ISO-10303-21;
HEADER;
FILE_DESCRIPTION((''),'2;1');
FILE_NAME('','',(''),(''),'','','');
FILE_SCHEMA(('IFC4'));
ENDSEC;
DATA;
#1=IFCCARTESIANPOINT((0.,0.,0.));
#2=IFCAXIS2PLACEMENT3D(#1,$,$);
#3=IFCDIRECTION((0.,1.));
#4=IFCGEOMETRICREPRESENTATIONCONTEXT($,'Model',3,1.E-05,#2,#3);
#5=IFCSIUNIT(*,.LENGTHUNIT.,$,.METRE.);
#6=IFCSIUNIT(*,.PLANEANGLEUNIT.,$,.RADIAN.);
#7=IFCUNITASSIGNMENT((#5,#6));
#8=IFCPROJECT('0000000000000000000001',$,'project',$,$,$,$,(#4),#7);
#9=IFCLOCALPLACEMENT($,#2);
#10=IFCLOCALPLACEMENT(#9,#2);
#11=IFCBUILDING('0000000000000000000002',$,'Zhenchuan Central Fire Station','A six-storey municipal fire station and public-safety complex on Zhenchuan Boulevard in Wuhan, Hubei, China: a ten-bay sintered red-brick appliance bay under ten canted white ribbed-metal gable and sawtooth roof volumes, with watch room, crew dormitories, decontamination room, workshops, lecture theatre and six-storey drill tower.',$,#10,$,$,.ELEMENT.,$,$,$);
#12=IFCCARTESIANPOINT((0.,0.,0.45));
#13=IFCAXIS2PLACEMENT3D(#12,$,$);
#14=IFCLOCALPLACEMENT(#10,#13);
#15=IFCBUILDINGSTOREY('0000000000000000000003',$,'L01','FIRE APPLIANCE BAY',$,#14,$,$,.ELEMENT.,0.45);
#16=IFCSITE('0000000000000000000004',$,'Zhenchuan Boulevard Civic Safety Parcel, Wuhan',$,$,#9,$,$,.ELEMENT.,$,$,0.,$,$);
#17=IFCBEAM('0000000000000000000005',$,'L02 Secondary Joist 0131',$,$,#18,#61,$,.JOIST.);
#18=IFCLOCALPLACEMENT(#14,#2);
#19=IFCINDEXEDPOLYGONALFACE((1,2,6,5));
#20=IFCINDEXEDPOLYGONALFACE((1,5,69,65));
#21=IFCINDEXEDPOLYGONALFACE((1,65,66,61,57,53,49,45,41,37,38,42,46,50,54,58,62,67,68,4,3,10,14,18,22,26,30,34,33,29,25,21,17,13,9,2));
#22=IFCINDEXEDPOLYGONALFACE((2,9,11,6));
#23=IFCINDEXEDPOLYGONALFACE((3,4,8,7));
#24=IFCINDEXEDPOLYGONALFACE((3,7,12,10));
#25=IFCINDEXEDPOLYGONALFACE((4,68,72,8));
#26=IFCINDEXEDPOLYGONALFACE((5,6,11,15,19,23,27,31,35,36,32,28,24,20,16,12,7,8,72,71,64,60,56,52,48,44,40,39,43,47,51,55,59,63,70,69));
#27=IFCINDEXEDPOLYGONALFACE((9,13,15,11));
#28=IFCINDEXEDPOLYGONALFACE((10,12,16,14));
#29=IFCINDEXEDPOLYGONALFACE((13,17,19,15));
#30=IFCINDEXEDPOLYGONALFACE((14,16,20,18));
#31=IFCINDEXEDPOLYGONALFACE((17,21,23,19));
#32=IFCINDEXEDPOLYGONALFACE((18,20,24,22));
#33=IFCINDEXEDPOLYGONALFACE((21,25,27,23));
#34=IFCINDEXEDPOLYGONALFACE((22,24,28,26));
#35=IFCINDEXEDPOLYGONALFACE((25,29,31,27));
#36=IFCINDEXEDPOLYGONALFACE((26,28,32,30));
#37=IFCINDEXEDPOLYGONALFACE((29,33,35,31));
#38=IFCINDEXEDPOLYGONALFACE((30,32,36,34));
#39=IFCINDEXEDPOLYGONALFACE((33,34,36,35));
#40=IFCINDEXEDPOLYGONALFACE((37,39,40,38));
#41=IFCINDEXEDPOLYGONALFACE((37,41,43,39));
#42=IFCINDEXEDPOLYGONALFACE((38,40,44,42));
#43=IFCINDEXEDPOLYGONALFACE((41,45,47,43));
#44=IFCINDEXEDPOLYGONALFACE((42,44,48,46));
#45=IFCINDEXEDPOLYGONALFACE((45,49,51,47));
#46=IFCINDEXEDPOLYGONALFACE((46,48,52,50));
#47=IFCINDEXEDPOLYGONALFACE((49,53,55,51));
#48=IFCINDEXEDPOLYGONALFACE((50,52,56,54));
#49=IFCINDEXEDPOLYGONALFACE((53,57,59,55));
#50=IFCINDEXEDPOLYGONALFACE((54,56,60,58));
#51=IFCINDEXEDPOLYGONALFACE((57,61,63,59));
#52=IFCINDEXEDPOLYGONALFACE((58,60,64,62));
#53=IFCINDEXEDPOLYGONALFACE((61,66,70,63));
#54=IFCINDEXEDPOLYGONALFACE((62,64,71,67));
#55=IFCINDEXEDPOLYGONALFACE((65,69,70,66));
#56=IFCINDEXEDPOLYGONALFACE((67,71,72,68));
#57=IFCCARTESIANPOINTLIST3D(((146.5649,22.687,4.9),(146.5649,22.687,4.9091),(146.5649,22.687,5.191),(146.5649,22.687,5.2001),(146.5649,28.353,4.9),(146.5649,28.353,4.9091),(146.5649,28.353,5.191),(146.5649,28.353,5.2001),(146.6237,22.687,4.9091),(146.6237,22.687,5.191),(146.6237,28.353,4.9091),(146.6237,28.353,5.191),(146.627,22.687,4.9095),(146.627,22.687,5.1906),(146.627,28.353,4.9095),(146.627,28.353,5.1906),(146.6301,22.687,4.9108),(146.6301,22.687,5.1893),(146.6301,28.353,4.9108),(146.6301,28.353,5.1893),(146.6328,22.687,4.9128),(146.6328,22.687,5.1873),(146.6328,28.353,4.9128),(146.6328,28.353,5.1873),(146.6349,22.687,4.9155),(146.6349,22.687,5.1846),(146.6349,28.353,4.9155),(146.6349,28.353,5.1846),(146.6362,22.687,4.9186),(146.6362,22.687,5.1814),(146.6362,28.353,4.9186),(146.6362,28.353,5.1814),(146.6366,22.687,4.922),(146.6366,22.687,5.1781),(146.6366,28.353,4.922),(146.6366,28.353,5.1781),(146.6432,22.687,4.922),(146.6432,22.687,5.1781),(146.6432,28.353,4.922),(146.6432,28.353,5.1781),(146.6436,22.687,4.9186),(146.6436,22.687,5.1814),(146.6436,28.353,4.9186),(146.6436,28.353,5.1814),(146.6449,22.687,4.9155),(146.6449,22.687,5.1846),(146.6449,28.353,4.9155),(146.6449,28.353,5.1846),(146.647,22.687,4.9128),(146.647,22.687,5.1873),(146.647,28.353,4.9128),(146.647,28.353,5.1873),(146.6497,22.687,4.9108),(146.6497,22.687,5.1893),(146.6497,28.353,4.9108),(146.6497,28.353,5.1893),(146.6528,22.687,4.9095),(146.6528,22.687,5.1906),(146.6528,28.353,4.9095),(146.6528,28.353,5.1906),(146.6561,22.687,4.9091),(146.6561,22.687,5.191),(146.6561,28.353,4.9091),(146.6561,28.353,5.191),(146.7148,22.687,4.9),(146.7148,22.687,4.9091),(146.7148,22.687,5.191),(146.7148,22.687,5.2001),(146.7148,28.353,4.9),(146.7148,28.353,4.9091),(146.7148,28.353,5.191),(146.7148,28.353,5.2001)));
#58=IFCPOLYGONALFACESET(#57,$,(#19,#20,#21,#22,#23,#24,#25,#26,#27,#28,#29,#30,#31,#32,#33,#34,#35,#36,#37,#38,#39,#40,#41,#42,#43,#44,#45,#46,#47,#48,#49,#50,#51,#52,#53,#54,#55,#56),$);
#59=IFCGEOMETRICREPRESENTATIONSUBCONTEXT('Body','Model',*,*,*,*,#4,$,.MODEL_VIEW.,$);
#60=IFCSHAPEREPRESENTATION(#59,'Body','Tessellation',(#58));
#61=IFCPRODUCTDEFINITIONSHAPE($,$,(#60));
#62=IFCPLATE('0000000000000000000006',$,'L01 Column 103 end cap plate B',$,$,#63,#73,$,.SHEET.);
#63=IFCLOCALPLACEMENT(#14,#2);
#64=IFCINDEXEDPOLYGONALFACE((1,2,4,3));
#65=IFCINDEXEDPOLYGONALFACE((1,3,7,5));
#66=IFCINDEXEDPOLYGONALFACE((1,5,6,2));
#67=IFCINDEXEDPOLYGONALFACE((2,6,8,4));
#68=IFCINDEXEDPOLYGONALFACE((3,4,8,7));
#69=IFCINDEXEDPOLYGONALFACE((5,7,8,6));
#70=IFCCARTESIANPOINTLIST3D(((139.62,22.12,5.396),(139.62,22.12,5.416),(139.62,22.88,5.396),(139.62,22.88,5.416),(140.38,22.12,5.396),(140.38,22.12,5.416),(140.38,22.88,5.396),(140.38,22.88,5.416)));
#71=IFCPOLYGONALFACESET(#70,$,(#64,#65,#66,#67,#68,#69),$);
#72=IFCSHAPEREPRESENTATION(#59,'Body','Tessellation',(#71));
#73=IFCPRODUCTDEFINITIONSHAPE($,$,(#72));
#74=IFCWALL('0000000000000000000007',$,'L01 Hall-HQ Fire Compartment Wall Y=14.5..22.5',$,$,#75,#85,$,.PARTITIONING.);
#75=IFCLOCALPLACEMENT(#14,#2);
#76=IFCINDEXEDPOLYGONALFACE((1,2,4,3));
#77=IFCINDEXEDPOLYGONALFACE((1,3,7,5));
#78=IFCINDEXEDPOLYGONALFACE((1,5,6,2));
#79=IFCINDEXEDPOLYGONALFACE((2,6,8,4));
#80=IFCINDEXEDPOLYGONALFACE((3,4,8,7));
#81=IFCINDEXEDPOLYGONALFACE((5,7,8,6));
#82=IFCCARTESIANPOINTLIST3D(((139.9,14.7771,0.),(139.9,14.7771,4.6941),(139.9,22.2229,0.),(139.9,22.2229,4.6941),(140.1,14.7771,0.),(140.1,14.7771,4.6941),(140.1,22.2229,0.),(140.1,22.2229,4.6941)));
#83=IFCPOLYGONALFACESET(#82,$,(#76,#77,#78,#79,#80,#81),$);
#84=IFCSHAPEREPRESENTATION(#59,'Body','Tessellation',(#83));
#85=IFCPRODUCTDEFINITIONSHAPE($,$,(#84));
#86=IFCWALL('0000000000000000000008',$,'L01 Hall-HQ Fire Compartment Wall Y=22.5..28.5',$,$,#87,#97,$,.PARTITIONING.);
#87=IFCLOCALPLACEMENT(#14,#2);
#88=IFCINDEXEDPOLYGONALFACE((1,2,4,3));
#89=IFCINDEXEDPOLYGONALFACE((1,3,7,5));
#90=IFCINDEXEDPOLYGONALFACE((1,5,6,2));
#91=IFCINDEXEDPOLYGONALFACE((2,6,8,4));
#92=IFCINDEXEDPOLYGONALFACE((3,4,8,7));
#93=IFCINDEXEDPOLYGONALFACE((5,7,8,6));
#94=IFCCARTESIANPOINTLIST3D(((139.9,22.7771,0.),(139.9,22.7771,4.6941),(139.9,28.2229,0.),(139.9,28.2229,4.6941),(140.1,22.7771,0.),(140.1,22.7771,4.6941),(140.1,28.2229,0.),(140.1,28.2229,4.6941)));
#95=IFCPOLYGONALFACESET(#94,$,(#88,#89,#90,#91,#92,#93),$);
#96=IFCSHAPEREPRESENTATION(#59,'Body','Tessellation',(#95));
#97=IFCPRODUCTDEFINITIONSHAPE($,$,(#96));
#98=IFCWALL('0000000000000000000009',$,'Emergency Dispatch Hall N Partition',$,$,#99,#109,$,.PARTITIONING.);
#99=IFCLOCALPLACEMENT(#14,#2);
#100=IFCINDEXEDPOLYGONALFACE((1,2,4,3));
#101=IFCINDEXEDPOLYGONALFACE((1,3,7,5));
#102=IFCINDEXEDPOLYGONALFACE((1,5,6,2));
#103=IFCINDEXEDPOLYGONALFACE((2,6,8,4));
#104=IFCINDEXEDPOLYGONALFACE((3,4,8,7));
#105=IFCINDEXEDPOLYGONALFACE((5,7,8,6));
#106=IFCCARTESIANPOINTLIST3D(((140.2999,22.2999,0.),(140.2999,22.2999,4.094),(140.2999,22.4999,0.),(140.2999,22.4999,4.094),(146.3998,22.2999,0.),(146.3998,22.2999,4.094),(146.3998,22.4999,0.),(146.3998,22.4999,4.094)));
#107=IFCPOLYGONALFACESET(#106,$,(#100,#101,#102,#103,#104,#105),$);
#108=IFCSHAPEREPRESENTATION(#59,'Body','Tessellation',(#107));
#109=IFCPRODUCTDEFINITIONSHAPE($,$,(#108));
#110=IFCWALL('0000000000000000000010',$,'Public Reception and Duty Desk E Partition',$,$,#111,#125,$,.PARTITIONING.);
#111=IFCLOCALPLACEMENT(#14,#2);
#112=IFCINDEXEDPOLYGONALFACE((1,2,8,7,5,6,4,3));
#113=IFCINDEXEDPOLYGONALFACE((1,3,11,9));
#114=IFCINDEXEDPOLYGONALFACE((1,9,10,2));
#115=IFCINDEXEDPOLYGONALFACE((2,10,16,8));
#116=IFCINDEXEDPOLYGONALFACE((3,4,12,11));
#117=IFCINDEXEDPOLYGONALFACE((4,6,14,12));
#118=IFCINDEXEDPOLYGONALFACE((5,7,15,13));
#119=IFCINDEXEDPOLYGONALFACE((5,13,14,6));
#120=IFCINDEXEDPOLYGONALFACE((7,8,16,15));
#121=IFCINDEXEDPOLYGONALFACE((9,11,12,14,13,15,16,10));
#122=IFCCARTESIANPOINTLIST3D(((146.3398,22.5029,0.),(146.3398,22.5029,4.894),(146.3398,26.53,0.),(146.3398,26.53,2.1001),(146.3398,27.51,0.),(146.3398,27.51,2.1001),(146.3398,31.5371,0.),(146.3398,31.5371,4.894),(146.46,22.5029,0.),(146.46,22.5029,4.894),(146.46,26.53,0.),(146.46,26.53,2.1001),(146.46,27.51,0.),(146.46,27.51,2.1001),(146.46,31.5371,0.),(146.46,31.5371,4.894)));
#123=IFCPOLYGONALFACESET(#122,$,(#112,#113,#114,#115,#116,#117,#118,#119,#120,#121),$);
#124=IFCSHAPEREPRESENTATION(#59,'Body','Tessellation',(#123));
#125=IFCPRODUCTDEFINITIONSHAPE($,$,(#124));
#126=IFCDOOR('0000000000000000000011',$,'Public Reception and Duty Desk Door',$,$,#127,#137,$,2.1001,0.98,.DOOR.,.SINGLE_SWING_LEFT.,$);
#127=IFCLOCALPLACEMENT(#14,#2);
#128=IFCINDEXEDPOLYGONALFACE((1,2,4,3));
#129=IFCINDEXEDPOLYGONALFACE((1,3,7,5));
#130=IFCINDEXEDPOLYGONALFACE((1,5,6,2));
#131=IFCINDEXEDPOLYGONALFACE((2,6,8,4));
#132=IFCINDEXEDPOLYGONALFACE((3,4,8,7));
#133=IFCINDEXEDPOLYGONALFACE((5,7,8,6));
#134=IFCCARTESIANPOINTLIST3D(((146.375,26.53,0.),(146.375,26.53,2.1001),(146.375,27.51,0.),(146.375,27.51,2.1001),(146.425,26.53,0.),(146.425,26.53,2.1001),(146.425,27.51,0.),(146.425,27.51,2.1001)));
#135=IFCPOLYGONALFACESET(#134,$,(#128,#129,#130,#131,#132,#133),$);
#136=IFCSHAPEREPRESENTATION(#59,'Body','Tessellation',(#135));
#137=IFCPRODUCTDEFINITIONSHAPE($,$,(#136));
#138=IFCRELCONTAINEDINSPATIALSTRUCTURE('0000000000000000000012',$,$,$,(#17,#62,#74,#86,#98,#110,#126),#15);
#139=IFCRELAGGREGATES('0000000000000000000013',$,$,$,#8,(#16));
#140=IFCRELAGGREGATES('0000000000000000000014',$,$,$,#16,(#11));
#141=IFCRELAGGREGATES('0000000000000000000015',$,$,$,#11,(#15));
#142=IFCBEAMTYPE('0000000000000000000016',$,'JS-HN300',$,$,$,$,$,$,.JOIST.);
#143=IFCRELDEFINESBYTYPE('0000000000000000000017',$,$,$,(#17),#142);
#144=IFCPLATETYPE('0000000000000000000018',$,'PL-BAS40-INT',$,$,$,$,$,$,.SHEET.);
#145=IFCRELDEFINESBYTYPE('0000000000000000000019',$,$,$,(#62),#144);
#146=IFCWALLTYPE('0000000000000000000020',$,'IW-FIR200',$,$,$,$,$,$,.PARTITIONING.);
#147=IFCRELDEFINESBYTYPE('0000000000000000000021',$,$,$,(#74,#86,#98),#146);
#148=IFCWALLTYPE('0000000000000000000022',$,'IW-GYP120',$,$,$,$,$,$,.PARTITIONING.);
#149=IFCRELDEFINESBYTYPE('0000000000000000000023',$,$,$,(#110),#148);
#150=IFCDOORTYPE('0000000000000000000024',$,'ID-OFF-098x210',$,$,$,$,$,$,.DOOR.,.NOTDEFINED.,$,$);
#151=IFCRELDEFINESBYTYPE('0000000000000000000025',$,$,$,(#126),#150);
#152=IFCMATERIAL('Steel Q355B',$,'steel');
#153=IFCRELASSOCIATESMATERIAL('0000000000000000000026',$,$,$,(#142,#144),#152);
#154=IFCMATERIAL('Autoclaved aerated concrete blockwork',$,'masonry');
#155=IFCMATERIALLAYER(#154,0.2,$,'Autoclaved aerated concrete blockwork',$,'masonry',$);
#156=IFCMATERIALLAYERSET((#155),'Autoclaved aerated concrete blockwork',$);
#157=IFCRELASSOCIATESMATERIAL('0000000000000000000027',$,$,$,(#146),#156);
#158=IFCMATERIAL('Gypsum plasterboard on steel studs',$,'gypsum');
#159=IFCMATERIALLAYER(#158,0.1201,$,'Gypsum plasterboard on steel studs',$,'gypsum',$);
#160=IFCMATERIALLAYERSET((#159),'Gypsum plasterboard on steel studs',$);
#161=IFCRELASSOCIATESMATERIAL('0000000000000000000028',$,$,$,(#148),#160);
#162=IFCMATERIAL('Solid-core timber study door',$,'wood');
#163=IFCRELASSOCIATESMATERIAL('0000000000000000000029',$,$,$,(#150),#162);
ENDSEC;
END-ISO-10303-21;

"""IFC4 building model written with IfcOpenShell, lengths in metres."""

from ifc_helpers import new_model, si_unit, direction, frame, frame_2d, origin, origin_2d, place, context, subcontext, project, spatial, rectangle, i_section, extrude, material, layer, layer_set, material_profile, profile_set, type_object, element, fill, save


model = new_model("IFC4")

# Units and contexts
model_context = context("Model", 3, precision=1e-05, world=origin(), true_north=direction((0.0, 1.0)))
body_context = subcontext(model_context, "Body", "Model", "MODEL_VIEW")
ifc_project = project(units=[si_unit("LENGTHUNIT", "METRE"), si_unit("PLANEANGLEUNIT", "RADIAN")], contexts=[model_context])

# Site, building, storey
site_placement = place(None, origin())
site = spatial("IfcSite", under=ifc_project, at=site_placement, Name="Zhenchuan Boulevard Civic Safety Parcel, Wuhan", CompositionType="ELEMENT", RefElevation=0.0)
building_placement = place(site_placement, origin())
building = spatial("IfcBuilding", under=site, at=building_placement, Name="Zhenchuan Central Fire Station", Description="A six-storey municipal fire station and public-safety complex on Zhenchuan Boulevard in Wuhan, Hubei, China: a ten-bay sintered red-brick appliance bay under ten canted white ribbed-metal gable and sawtooth roof volumes, with watch room, crew dormitories, decontamination room, workshops, lecture theatre and six-storey drill tower.", CompositionType="ELEMENT")
storey_placement = place(building_placement, frame((0.0, 0.0, 0.45)))
storey = spatial("IfcBuildingStorey", under=building, at=storey_placement, Name="L01", Description="FIRE APPLIANCE BAY", CompositionType="ELEMENT", Elevation=0.45)

# Shared definitions
ifc_material_1 = material(Name="Steel Q355B", Category="steel")

# Beam
ifc_material_profile_1 = material_profile(ifc_material_1, i_section(OverallWidth=0.1499, OverallDepth=0.3, WebThickness=0.0066, FlangeThickness=0.009, FilletRadius=0.0129, at=origin_2d()), Name="HN 300x150")
ifc_profile_set_1 = profile_set([ifc_material_profile_1], Name="Steel Q355B")
beam_type_1 = type_object("IfcBeamType", Name="JS-HN300", PredefinedType="JOIST", material=ifc_profile_set_1)
beam_1_placement = place(storey_placement, frame((146.6399, 22.687, 5.05), z_axis=(0.0, 1.0, 0.0), x_axis=(-1.0, 0.0, 0.0)))
element("IfcBeam", 1, at=beam_1_placement, inside=storey, type_object=beam_type_1, Name="L02 Secondary Joist 0131", PredefinedType="JOIST", context=body_context, shape_type="SweptSolid", body=[
    extrude(i_section(OverallWidth=0.1499, OverallDepth=0.3, WebThickness=0.0066, FlangeThickness=0.009, FilletRadius=0.0129, at=origin_2d()), origin(), (0.0, 0.0, 1.0), 5.666),
])

# Plate
ifc_material_profile_2 = material_profile(ifc_material_1, rectangle(XDim=0.76, YDim=0.76, at=origin_2d()), Name="PL 760x760x40")
ifc_profile_set_2 = profile_set([ifc_material_profile_2], Name="Steel Q355B")
plate_type = type_object("IfcPlateType", Name="PL-BAS40-INT", PredefinedType="SHEET", material=ifc_profile_set_2)
plate_placement = place(storey_placement, frame((140.0, 22.5, 5.396), z_axis=(0.0, 0.0, 1.0), x_axis=(1.0, 0.0, 0.0)))
element("IfcPlate", 2, at=plate_placement, inside=storey, type_object=plate_type, Name="L01 Column 103 end cap plate B", PredefinedType="SHEET", context=body_context, shape_type="SweptSolid", body=[
    extrude(rectangle(XDim=0.76, YDim=0.76, at=origin_2d()), origin(), (0.0, 0.0, 1.0), 0.02),
])

# Walls
ifc_material_2 = material(Name="Autoclaved aerated concrete blockwork", Category="masonry")
ifc_layer_1 = layer(ifc_material_2, 0.2, Name="Autoclaved aerated concrete blockwork", Category="masonry")
ifc_layer_set_1 = layer_set([ifc_layer_1], Name="Autoclaved aerated concrete blockwork")
wall_type_1 = type_object("IfcWallType", Name="IW-FIR200", PredefinedType="PARTITIONING", material=ifc_layer_set_1)
wall_1_placement = place(storey_placement, frame((140.0, 14.7771, 0.0), z_axis=(0.0, 0.0, 1.0), x_axis=(0.0, 1.0, 0.0)))
element("IfcWall", 3, at=wall_1_placement, inside=storey, type_object=wall_type_1, Name="L01 Hall-HQ Fire Compartment Wall Y=14.5..22.5", PredefinedType="PARTITIONING", context=body_context, shape_type="SweptSolid", body=[
    extrude(rectangle(XDim=7.4458, YDim=0.2, at=frame_2d((3.7229, 0.0))), origin(), (0.0, 0.0, 1.0), 4.6941),
])
wall_2_placement = place(storey_placement, frame((140.0, 22.7771, 0.0), z_axis=(0.0, 0.0, 1.0), x_axis=(0.0, 1.0, 0.0)))
element("IfcWall", 4, at=wall_2_placement, inside=storey, type_object=wall_type_1, Name="L01 Hall-HQ Fire Compartment Wall Y=22.5..28.5", PredefinedType="PARTITIONING", context=body_context, shape_type="SweptSolid", body=[
    extrude(rectangle(XDim=5.4458, YDim=0.2, at=frame_2d((2.7229, 0.0))), origin(), (0.0, 0.0, 1.0), 4.6941),
])
wall_3_placement = place(storey_placement, frame((140.3, 22.3999, 0.0), z_axis=(0.0, 0.0, 1.0), x_axis=(1.0, 0.0, 0.0)))
element("IfcWall", 5, at=wall_3_placement, inside=storey, type_object=wall_type_1, Name="Emergency Dispatch Hall N Partition", PredefinedType="PARTITIONING", context=body_context, shape_type="SweptSolid", body=[
    extrude(rectangle(XDim=6.0999, YDim=0.2, at=frame_2d((3.0498, 0.0))), origin(), (0.0, 0.0, 1.0), 4.094),
])

# Wall, opening, door
ifc_material_3 = material(Name="Gypsum plasterboard on steel studs", Category="gypsum")
ifc_layer_2 = layer(ifc_material_3, 0.1201, Name="Gypsum plasterboard on steel studs", Category="gypsum")
ifc_layer_set_2 = layer_set([ifc_layer_2], Name="Gypsum plasterboard on steel studs")
wall_type_2 = type_object("IfcWallType", Name="IW-GYP120", PredefinedType="PARTITIONING", material=ifc_layer_set_2)
wall_4_placement = place(storey_placement, frame((146.3999, 22.5029, 0.0), z_axis=(0.0, 0.0, 1.0), x_axis=(0.0, 1.0, 0.0)))
wall_4 = element("IfcWall", 6, at=wall_4_placement, inside=storey, type_object=wall_type_2, Name="Public Reception and Duty Desk E Partition", PredefinedType="PARTITIONING", context=body_context, shape_type="SweptSolid", body=[
    extrude(rectangle(XDim=9.0342, YDim=0.1201, at=frame_2d((4.5171, 0.0))), origin(), (0.0, 0.0, 1.0), 4.894),
])
opening_placement = place(wall_4_placement, frame((4.0271, 0.0, 0.0)))
opening = element("IfcOpeningElement", 7, at=opening_placement, cuts=wall_4, PredefinedType="OPENING", context=body_context, shape_type="SweptSolid", body=[
    extrude(rectangle(XDim=0.98, YDim=2.1001, at=frame_2d((0.49, 1.05))), frame((0.0, 0.0701, 0.0), z_axis=(0.0, -1.0, 0.0), x_axis=(1.0, 0.0, 0.0)), (0.0, 0.0, 1.0), 0.1401),
])
ifc_material_4 = material(Name="Solid-core timber study door", Category="wood")
door_type = type_object("IfcDoorType", Name="ID-OFF-098x210", OperationType="NOTDEFINED", PredefinedType="DOOR", material=ifc_material_4)
door_placement = place(opening_placement, origin())
door = element("IfcDoor", 8, at=door_placement, inside=storey, type_object=door_type, Name="Public Reception and Duty Desk Door", OperationType="SINGLE_SWING_LEFT", OverallHeight=2.1001, OverallWidth=0.98, PredefinedType="DOOR", context=body_context, shape_type="SweptSolid", body=[
    extrude(rectangle(XDim=0.98, YDim=2.1001, at=frame_2d((0.49, 1.05))), frame((0.0, 0.0249, 0.0), z_axis=(0.0, -1.0, 0.0), x_axis=(1.0, 0.0, 0.0)), (0.0, 0.0, 1.0), 0.05),
])
fill(opening, door)

save(model, "model.ifc")
